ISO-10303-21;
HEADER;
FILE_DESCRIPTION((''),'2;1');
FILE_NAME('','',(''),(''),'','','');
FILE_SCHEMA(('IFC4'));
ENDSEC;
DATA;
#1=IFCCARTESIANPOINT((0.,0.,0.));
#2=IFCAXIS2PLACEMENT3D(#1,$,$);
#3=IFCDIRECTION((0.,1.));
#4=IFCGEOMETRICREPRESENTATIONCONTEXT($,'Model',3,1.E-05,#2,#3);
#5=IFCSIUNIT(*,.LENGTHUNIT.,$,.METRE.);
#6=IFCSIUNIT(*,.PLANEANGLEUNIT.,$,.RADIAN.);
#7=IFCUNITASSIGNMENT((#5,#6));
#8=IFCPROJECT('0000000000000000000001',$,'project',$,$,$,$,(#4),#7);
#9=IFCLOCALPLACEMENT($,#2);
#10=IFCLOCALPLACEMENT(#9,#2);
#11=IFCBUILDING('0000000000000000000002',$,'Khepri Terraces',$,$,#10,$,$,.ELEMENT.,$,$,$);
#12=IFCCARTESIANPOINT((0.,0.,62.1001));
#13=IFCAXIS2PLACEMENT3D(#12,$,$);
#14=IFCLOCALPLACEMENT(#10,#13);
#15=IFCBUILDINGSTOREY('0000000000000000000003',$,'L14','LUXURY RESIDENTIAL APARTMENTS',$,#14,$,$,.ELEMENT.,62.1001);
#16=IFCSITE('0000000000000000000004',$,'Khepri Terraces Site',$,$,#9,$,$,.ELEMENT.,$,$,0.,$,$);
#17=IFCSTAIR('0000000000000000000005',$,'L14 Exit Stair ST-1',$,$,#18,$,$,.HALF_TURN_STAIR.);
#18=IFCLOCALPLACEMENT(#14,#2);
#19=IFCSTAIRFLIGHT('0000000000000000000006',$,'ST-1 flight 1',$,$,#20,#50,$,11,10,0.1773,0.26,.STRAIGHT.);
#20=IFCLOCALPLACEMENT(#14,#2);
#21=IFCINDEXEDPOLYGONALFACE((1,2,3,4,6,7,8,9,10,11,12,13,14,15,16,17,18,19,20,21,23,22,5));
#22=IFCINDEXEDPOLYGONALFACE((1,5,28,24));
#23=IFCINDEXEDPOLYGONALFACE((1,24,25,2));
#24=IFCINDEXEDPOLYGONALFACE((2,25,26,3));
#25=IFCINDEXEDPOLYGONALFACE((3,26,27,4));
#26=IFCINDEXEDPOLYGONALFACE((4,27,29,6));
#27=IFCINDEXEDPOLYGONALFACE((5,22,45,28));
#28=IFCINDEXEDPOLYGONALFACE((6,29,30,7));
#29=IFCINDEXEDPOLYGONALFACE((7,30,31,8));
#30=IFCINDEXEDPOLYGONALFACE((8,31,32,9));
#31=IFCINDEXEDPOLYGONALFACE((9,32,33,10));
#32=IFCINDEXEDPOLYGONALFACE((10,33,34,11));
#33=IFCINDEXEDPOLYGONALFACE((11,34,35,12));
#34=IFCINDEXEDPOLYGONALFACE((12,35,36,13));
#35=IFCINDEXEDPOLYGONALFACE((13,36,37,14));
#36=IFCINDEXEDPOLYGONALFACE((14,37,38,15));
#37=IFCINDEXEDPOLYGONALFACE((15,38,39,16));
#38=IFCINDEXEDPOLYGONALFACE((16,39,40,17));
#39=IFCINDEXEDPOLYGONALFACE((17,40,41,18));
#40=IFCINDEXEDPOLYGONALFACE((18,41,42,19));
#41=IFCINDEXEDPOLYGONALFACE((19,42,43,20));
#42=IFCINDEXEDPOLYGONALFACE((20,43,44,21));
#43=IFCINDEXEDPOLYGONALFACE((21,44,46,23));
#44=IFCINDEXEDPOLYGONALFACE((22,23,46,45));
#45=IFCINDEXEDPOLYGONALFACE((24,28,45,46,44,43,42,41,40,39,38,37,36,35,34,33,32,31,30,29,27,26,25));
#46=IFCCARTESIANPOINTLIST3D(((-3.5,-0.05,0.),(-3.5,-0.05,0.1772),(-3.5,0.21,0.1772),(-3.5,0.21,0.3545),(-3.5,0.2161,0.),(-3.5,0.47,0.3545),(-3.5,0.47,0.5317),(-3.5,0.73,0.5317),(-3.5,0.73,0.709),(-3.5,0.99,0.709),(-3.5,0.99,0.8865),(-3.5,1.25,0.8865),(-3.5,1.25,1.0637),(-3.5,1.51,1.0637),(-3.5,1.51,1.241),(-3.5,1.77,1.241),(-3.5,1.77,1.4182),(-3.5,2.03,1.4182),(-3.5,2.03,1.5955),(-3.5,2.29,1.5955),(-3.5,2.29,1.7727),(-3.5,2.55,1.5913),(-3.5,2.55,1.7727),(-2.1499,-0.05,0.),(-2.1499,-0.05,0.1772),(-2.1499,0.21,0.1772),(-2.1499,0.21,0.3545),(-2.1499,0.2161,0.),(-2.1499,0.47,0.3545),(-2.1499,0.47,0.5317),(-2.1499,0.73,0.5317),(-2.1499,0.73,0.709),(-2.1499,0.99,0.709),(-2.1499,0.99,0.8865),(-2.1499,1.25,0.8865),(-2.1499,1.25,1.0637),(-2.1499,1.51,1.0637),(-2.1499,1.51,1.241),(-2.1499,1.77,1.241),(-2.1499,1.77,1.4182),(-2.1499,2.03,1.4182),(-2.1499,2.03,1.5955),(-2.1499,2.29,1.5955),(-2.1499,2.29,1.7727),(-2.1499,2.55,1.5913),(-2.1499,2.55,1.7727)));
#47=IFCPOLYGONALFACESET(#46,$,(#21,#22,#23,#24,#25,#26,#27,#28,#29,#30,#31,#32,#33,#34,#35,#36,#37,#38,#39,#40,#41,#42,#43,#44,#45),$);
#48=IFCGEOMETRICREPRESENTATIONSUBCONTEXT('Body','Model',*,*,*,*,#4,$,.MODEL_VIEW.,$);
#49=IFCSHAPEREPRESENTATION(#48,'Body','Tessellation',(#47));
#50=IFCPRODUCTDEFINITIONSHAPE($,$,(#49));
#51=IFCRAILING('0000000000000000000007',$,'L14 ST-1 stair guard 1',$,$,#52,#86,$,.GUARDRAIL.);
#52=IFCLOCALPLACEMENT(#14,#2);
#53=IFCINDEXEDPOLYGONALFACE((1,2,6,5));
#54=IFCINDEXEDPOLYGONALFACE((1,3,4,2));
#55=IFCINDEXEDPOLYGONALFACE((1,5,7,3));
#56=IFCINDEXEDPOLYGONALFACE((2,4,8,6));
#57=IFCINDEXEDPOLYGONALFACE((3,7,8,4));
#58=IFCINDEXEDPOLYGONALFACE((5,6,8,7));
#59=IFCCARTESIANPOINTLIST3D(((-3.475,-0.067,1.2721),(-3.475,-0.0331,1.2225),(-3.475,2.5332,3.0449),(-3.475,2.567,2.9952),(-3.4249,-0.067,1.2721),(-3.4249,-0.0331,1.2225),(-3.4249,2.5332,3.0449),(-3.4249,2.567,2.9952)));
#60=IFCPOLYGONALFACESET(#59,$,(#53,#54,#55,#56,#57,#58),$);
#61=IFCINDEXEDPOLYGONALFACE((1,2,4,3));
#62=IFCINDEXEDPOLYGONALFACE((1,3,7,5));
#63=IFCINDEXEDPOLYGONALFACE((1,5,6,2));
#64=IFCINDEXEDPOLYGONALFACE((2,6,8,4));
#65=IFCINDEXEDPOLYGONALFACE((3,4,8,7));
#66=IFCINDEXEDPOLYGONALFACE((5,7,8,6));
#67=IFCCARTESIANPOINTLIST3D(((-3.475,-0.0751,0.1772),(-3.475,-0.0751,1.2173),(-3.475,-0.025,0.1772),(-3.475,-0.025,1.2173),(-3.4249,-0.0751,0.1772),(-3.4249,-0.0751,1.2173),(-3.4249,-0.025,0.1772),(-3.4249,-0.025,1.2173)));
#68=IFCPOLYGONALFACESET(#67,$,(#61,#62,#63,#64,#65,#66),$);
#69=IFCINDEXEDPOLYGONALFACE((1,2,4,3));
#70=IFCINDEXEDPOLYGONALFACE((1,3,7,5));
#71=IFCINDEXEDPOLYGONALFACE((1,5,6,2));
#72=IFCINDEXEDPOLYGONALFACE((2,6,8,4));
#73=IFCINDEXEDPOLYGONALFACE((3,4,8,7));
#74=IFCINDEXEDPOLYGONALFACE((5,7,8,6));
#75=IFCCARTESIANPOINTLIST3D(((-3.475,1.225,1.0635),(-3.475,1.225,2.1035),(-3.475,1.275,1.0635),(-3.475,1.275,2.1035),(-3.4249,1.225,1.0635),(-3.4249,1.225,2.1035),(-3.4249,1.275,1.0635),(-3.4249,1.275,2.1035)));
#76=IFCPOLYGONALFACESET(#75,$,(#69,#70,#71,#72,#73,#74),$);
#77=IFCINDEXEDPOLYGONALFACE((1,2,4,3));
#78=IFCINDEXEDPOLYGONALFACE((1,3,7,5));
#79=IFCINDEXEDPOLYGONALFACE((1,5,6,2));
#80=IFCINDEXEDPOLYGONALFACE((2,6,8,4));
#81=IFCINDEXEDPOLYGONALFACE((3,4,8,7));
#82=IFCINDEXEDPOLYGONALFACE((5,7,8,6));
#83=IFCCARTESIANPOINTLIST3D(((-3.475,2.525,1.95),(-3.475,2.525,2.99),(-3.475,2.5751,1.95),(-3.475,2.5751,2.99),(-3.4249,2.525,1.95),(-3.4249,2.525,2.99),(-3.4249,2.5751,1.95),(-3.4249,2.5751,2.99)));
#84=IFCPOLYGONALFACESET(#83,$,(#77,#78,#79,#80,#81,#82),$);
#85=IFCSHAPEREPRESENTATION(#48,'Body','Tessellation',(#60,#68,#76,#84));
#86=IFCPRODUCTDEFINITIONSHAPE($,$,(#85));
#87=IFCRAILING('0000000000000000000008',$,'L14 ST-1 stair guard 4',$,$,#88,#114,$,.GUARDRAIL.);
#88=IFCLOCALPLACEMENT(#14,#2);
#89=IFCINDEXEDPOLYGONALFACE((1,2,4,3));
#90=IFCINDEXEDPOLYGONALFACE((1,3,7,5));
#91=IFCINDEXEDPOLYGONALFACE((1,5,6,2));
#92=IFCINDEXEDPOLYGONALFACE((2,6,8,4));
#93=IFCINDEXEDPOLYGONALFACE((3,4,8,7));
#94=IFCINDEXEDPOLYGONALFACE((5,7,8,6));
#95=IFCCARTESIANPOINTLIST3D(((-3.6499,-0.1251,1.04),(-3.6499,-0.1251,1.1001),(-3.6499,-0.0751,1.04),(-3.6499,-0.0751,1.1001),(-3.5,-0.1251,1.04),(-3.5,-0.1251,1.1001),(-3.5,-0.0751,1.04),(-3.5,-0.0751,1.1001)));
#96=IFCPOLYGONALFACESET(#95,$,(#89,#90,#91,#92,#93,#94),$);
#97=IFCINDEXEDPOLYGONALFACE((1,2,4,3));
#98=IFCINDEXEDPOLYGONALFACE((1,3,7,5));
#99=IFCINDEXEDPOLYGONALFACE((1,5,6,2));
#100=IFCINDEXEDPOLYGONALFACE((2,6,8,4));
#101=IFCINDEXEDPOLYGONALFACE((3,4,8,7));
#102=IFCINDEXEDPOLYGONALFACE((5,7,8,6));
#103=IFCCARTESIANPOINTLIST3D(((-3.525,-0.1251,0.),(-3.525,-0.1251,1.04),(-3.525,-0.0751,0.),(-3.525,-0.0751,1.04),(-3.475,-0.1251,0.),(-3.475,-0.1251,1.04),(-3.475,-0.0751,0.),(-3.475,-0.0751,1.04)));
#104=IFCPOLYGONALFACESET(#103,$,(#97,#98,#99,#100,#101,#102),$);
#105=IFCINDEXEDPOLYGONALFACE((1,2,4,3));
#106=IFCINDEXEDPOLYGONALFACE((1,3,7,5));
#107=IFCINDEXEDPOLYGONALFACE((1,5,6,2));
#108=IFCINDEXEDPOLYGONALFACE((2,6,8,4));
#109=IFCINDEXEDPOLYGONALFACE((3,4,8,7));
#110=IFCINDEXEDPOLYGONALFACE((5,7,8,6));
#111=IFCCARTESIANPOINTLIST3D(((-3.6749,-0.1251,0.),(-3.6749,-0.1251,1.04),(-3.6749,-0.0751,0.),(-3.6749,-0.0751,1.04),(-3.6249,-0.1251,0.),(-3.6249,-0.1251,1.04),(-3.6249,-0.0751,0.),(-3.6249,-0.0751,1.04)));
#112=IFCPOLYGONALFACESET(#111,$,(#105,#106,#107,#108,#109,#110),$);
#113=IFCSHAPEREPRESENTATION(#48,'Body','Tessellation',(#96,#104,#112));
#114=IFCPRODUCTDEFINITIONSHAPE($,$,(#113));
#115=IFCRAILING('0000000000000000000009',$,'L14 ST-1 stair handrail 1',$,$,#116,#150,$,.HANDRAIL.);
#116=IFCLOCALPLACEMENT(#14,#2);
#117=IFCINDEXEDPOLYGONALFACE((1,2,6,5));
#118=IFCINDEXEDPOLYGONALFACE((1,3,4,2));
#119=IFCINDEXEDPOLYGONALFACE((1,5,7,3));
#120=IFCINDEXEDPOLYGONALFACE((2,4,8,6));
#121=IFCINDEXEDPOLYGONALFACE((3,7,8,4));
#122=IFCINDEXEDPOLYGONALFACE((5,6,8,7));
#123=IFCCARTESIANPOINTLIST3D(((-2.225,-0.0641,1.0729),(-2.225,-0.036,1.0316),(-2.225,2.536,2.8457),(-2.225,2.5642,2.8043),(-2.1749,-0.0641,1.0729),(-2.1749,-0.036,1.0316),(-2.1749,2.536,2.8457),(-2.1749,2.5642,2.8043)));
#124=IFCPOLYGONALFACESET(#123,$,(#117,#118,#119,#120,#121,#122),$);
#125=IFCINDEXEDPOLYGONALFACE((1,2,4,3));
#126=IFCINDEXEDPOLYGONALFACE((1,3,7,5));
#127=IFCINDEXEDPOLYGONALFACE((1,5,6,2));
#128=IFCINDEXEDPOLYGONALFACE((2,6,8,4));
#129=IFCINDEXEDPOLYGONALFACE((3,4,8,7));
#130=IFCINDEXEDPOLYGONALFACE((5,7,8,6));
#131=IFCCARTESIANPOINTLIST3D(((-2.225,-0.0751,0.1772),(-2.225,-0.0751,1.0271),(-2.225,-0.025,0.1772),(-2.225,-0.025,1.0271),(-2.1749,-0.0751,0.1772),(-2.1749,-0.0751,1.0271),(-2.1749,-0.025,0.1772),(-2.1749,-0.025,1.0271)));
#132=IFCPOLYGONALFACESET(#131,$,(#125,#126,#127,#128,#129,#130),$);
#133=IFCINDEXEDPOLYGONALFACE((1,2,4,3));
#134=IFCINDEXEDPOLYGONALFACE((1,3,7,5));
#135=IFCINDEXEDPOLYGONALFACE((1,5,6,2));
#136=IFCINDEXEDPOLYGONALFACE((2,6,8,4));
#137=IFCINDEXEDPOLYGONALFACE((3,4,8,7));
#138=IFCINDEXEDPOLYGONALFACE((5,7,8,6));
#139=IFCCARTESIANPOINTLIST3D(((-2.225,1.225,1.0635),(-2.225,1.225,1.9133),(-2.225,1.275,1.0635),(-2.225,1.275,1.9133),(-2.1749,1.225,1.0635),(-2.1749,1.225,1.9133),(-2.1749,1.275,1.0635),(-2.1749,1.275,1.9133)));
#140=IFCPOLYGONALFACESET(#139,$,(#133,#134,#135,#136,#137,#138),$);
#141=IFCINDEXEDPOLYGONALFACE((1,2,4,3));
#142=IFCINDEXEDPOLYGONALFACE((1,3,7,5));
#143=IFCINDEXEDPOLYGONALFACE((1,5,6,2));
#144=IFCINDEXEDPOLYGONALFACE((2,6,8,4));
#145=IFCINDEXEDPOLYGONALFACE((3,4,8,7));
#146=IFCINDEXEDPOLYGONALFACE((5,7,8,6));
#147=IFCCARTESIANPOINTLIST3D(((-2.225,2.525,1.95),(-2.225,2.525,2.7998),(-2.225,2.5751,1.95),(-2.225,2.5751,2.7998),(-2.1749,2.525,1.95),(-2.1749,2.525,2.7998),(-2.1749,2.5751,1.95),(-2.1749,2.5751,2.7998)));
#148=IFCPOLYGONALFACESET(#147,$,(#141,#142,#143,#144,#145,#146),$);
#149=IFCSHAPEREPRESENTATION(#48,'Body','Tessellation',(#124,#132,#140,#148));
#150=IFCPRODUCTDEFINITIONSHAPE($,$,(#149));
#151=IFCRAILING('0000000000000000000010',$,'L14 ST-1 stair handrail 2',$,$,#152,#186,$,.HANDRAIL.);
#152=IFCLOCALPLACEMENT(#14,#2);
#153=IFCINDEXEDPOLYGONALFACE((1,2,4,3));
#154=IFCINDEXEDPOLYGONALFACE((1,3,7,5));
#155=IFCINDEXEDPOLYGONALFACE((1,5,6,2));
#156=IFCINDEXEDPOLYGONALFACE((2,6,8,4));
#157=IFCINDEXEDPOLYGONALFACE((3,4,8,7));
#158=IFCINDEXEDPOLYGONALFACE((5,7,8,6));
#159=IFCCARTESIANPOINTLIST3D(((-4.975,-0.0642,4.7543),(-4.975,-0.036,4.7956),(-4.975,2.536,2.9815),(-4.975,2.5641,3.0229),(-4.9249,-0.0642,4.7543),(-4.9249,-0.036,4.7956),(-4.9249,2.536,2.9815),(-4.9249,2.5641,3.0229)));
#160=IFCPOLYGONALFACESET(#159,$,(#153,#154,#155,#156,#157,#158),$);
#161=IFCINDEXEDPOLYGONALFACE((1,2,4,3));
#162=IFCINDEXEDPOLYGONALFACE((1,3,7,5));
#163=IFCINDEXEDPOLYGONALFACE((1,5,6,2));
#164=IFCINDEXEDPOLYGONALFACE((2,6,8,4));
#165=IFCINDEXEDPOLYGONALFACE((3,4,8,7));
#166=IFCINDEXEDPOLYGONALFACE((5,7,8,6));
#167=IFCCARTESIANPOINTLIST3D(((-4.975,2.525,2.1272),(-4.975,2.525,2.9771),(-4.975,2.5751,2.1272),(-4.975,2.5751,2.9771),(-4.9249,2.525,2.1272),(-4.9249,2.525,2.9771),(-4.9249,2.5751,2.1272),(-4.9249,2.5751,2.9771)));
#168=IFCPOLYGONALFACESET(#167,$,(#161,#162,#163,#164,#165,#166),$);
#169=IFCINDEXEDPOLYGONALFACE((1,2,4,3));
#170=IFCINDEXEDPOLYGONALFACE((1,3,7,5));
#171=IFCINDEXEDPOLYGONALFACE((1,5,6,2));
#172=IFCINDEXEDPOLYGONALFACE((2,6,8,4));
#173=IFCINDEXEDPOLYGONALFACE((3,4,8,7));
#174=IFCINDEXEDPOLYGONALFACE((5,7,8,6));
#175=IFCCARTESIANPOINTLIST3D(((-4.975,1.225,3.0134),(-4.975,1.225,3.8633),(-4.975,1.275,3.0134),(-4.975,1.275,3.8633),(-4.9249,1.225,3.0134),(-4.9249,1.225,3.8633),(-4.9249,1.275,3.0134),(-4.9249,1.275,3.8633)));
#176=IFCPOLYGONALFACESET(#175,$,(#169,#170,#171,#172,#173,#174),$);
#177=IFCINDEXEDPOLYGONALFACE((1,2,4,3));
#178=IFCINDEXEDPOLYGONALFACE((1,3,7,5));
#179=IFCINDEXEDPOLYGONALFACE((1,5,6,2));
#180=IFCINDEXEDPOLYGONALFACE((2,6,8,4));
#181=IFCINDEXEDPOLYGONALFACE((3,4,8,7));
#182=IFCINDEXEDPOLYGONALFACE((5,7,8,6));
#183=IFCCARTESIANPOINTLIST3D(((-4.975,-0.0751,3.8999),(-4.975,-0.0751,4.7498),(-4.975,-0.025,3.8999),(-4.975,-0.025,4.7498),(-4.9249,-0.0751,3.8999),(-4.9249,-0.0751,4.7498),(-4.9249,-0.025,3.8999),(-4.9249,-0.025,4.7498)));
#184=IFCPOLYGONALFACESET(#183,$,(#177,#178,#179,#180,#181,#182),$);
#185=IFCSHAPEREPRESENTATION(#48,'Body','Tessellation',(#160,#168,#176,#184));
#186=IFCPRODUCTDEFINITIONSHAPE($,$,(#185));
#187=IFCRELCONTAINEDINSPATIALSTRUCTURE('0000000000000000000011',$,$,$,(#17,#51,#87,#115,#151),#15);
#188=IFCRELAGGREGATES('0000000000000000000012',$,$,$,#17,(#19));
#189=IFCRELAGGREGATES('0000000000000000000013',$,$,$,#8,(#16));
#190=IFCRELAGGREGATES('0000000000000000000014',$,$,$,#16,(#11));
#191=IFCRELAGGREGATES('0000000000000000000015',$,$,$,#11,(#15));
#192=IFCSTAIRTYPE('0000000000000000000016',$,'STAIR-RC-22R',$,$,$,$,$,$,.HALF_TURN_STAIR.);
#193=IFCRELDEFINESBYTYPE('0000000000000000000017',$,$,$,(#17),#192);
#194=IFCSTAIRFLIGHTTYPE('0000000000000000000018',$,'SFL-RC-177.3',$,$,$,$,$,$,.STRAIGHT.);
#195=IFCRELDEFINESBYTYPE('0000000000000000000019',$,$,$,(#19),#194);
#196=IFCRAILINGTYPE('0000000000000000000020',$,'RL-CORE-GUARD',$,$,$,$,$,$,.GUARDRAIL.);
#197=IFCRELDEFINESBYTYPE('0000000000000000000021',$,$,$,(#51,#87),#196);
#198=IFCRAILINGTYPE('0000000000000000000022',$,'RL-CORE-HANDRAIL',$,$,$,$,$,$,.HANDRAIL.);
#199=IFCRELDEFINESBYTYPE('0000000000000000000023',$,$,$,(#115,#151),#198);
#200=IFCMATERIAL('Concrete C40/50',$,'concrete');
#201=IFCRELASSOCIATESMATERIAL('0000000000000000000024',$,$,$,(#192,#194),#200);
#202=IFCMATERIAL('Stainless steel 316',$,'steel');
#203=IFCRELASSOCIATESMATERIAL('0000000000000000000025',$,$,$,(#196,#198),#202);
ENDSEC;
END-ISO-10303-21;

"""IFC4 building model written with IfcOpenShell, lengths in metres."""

from ifc_helpers import new_model, si_unit, direction, frame, origin, origin_2d, place, context, subcontext, project, spatial, polyline, rectangle, outline, extrude, material, type_object, element, aggregate, save


model = new_model("IFC4")

# Units and contexts
model_context = context("Model", 3, precision=1e-05, world=origin(), true_north=direction((0.0, 1.0)))
body_context = subcontext(model_context, "Body", "Model", "MODEL_VIEW")
ifc_project = project(units=[si_unit("LENGTHUNIT", "METRE"), si_unit("PLANEANGLEUNIT", "RADIAN")], contexts=[model_context])

# Site, building, storey
site_placement = place(None, origin())
site = spatial("IfcSite", under=ifc_project, at=site_placement, Name="Khepri Terraces Site", CompositionType="ELEMENT", RefElevation=0.0)
building_placement = place(site_placement, origin())
building = spatial("IfcBuilding", under=site, at=building_placement, Name="Khepri Terraces", CompositionType="ELEMENT")
storey_placement = place(building_placement, frame((0.0, 0.0, 62.1001)))
storey = spatial("IfcBuildingStorey", under=building, at=storey_placement, Name="L14", Description="LUXURY RESIDENTIAL APARTMENTS", CompositionType="ELEMENT", Elevation=62.1001)

# Stair, stair flight
ifc_material_1 = material(Name="Concrete C40/50", Category="concrete")
stair_type = type_object("IfcStairType", Name="STAIR-RC-22R", PredefinedType="HALF_TURN_STAIR", material=ifc_material_1)
stair_placement = place(storey_placement, origin())
stair = element("IfcStair", 1, at=stair_placement, inside=storey, type_object=stair_type, Name="L14 Exit Stair ST-1", PredefinedType="HALF_TURN_STAIR")
stair_flight_type = type_object("IfcStairFlightType", Name="SFL-RC-177.3", PredefinedType="STRAIGHT", material=ifc_material_1)
stair_flight_placement = place(storey_placement, frame((-2.825, -0.05, 0.0), z_axis=(0.0, 0.0, 1.0), x_axis=(0.0, 1.0, 0.0)))
stair_flight = element("IfcStairFlight", 2, at=stair_flight_placement, type_object=stair_flight_type, Name="ST-1 flight 1", NumberOfRisers=11, NumberOfTreads=10, PredefinedType="STRAIGHT", RiserHeight=0.1773, TreadLength=0.26, context=body_context, shape_type="SweptSolid", body=[
    extrude(outline(polyline([(0.0, 0.0), (0.0, 0.1772), (0.26, 0.1772), (0.26, 0.3545), (0.52, 0.3545), (0.52, 0.5317), (0.78, 0.5317), (0.78, 0.709), (1.04, 0.709), (1.04, 0.8865), (1.3, 0.8865), (1.3, 1.0637), (1.5601, 1.0637), (1.5601, 1.241), (1.8201, 1.241), (1.8201, 1.4182), (2.0801, 1.4182), (2.0801, 1.5955), (2.3401, 1.5955), (2.3401, 1.7727), (2.6001, 1.7727), (2.6001, 1.95), (2.6001, 1.5913), (0.2661, 0.0), (0.0, 0.0)])), frame((0.0, 0.675, 0.0), z_axis=(0.0, -1.0, 0.0), x_axis=(1.0, 0.0, 0.0)), (0.0, 0.0, 1.0), 1.3501),
])
aggregate(stair, [stair_flight])

# Railings
ifc_material_2 = material(Name="Stainless steel 316", Category="steel")
railing_type_1 = type_object("IfcRailingType", Name="RL-CORE-GUARD", PredefinedType="GUARDRAIL", material=ifc_material_2)
railing_1_placement = place(storey_placement, frame((-3.45, -0.05, 0.1772)))
element("IfcRailing", 3, at=railing_1_placement, inside=storey, type_object=railing_type_1, Name="L14 ST-1 stair guard 1", PredefinedType="GUARDRAIL", context=body_context, shape_type="SweptSolid", body=[
    extrude(rectangle(XDim=0.05, YDim=0.0601, at=origin_2d()), frame((0.0, 0.0, 1.0701), z_axis=(0.0, 0.82624, 0.563318), x_axis=(-1.0, 0.0, 0.0)), (0.0, 0.0, 1.0), 3.147),
    extrude(rectangle(XDim=0.05, YDim=0.05, at=origin_2d()), origin(), (0.0, 0.0, 1.0), 1.04),
    extrude(rectangle(XDim=0.05, YDim=0.05, at=origin_2d()), frame((0.0, 1.3, 0.8862)), (0.0, 0.0, 1.0), 1.04),
    extrude(rectangle(XDim=0.05, YDim=0.05, at=origin_2d()), frame((0.0, 2.6001, 1.7727)), (0.0, 0.0, 1.0), 1.04),
])
railing_2_placement = place(storey_placement, frame((-3.5, -0.1001, 0.0)))
element("IfcRailing", 4, at=railing_2_placement, inside=storey, type_object=railing_type_1, Name="L14 ST-1 stair guard 4", PredefinedType="GUARDRAIL", context=body_context, shape_type="SweptSolid", body=[
    extrude(rectangle(XDim=0.05, YDim=0.0601, at=origin_2d()), frame((0.0, 0.0, 1.0701), z_axis=(-1.0, 0.0, 0.0), x_axis=(0.0, -1.0, 0.0)), (0.0, 0.0, 1.0), 0.1499),
    extrude(rectangle(XDim=0.05, YDim=0.05, at=origin_2d()), origin(), (0.0, 0.0, 1.0), 1.04),
    extrude(rectangle(XDim=0.05, YDim=0.05, at=origin_2d()), frame((-0.1499, 0.0, 0.0)), (0.0, 0.0, 1.0), 1.04),
])
railing_type_2 = type_object("IfcRailingType", Name="RL-CORE-HANDRAIL", PredefinedType="HANDRAIL", material=ifc_material_2)
railing_3_placement = place(storey_placement, frame((-2.2, -0.05, 0.1772)))
element("IfcRailing", 5, at=railing_3_placement, inside=storey, type_object=railing_type_2, Name="L14 ST-1 stair handrail 1", PredefinedType="HANDRAIL", context=body_context, shape_type="SweptSolid", body=[
    extrude(rectangle(XDim=0.05, YDim=0.05, at=origin_2d()), frame((0.0, 0.0, 0.875), z_axis=(0.0, 0.82624, 0.563318), x_axis=(-1.0, 0.0, 0.0)), (0.0, 0.0, 1.0), 3.147),
    extrude(rectangle(XDim=0.05, YDim=0.05, at=origin_2d()), origin(), (0.0, 0.0, 1.0), 0.8499),
    extrude(rectangle(XDim=0.05, YDim=0.05, at=origin_2d()), frame((0.0, 1.3, 0.8862)), (0.0, 0.0, 1.0), 0.8499),
    extrude(rectangle(XDim=0.05, YDim=0.05, at=origin_2d()), frame((0.0, 2.6001, 1.7727)), (0.0, 0.0, 1.0), 0.8499),
])
railing_4_placement = place(storey_placement, frame((-4.95, 2.55, 2.1272)))
element("IfcRailing", 6, at=railing_4_placement, inside=storey, type_object=railing_type_2, Name="L14 ST-1 stair handrail 2", PredefinedType="HANDRAIL", context=body_context, shape_type="SweptSolid", body=[
    extrude(rectangle(XDim=0.05, YDim=0.05, at=origin_2d()), frame((0.0, 0.0, 0.875), z_axis=(0.0, -0.82624, 0.563318), x_axis=(1.0, 0.0, 0.0)), (0.0, 0.0, 1.0), 3.147),
    extrude(rectangle(XDim=0.05, YDim=0.05, at=origin_2d()), origin(), (0.0, 0.0, 1.0), 0.8499),
    extrude(rectangle(XDim=0.05, YDim=0.05, at=origin_2d()), frame((0.0, -1.3, 0.8862)), (0.0, 0.0, 1.0), 0.8499),
    extrude(rectangle(XDim=0.05, YDim=0.05, at=origin_2d()), frame((0.0, -2.6001, 1.7727)), (0.0, 0.0, 1.0), 0.8499),
])

save(model, "model.ifc")
